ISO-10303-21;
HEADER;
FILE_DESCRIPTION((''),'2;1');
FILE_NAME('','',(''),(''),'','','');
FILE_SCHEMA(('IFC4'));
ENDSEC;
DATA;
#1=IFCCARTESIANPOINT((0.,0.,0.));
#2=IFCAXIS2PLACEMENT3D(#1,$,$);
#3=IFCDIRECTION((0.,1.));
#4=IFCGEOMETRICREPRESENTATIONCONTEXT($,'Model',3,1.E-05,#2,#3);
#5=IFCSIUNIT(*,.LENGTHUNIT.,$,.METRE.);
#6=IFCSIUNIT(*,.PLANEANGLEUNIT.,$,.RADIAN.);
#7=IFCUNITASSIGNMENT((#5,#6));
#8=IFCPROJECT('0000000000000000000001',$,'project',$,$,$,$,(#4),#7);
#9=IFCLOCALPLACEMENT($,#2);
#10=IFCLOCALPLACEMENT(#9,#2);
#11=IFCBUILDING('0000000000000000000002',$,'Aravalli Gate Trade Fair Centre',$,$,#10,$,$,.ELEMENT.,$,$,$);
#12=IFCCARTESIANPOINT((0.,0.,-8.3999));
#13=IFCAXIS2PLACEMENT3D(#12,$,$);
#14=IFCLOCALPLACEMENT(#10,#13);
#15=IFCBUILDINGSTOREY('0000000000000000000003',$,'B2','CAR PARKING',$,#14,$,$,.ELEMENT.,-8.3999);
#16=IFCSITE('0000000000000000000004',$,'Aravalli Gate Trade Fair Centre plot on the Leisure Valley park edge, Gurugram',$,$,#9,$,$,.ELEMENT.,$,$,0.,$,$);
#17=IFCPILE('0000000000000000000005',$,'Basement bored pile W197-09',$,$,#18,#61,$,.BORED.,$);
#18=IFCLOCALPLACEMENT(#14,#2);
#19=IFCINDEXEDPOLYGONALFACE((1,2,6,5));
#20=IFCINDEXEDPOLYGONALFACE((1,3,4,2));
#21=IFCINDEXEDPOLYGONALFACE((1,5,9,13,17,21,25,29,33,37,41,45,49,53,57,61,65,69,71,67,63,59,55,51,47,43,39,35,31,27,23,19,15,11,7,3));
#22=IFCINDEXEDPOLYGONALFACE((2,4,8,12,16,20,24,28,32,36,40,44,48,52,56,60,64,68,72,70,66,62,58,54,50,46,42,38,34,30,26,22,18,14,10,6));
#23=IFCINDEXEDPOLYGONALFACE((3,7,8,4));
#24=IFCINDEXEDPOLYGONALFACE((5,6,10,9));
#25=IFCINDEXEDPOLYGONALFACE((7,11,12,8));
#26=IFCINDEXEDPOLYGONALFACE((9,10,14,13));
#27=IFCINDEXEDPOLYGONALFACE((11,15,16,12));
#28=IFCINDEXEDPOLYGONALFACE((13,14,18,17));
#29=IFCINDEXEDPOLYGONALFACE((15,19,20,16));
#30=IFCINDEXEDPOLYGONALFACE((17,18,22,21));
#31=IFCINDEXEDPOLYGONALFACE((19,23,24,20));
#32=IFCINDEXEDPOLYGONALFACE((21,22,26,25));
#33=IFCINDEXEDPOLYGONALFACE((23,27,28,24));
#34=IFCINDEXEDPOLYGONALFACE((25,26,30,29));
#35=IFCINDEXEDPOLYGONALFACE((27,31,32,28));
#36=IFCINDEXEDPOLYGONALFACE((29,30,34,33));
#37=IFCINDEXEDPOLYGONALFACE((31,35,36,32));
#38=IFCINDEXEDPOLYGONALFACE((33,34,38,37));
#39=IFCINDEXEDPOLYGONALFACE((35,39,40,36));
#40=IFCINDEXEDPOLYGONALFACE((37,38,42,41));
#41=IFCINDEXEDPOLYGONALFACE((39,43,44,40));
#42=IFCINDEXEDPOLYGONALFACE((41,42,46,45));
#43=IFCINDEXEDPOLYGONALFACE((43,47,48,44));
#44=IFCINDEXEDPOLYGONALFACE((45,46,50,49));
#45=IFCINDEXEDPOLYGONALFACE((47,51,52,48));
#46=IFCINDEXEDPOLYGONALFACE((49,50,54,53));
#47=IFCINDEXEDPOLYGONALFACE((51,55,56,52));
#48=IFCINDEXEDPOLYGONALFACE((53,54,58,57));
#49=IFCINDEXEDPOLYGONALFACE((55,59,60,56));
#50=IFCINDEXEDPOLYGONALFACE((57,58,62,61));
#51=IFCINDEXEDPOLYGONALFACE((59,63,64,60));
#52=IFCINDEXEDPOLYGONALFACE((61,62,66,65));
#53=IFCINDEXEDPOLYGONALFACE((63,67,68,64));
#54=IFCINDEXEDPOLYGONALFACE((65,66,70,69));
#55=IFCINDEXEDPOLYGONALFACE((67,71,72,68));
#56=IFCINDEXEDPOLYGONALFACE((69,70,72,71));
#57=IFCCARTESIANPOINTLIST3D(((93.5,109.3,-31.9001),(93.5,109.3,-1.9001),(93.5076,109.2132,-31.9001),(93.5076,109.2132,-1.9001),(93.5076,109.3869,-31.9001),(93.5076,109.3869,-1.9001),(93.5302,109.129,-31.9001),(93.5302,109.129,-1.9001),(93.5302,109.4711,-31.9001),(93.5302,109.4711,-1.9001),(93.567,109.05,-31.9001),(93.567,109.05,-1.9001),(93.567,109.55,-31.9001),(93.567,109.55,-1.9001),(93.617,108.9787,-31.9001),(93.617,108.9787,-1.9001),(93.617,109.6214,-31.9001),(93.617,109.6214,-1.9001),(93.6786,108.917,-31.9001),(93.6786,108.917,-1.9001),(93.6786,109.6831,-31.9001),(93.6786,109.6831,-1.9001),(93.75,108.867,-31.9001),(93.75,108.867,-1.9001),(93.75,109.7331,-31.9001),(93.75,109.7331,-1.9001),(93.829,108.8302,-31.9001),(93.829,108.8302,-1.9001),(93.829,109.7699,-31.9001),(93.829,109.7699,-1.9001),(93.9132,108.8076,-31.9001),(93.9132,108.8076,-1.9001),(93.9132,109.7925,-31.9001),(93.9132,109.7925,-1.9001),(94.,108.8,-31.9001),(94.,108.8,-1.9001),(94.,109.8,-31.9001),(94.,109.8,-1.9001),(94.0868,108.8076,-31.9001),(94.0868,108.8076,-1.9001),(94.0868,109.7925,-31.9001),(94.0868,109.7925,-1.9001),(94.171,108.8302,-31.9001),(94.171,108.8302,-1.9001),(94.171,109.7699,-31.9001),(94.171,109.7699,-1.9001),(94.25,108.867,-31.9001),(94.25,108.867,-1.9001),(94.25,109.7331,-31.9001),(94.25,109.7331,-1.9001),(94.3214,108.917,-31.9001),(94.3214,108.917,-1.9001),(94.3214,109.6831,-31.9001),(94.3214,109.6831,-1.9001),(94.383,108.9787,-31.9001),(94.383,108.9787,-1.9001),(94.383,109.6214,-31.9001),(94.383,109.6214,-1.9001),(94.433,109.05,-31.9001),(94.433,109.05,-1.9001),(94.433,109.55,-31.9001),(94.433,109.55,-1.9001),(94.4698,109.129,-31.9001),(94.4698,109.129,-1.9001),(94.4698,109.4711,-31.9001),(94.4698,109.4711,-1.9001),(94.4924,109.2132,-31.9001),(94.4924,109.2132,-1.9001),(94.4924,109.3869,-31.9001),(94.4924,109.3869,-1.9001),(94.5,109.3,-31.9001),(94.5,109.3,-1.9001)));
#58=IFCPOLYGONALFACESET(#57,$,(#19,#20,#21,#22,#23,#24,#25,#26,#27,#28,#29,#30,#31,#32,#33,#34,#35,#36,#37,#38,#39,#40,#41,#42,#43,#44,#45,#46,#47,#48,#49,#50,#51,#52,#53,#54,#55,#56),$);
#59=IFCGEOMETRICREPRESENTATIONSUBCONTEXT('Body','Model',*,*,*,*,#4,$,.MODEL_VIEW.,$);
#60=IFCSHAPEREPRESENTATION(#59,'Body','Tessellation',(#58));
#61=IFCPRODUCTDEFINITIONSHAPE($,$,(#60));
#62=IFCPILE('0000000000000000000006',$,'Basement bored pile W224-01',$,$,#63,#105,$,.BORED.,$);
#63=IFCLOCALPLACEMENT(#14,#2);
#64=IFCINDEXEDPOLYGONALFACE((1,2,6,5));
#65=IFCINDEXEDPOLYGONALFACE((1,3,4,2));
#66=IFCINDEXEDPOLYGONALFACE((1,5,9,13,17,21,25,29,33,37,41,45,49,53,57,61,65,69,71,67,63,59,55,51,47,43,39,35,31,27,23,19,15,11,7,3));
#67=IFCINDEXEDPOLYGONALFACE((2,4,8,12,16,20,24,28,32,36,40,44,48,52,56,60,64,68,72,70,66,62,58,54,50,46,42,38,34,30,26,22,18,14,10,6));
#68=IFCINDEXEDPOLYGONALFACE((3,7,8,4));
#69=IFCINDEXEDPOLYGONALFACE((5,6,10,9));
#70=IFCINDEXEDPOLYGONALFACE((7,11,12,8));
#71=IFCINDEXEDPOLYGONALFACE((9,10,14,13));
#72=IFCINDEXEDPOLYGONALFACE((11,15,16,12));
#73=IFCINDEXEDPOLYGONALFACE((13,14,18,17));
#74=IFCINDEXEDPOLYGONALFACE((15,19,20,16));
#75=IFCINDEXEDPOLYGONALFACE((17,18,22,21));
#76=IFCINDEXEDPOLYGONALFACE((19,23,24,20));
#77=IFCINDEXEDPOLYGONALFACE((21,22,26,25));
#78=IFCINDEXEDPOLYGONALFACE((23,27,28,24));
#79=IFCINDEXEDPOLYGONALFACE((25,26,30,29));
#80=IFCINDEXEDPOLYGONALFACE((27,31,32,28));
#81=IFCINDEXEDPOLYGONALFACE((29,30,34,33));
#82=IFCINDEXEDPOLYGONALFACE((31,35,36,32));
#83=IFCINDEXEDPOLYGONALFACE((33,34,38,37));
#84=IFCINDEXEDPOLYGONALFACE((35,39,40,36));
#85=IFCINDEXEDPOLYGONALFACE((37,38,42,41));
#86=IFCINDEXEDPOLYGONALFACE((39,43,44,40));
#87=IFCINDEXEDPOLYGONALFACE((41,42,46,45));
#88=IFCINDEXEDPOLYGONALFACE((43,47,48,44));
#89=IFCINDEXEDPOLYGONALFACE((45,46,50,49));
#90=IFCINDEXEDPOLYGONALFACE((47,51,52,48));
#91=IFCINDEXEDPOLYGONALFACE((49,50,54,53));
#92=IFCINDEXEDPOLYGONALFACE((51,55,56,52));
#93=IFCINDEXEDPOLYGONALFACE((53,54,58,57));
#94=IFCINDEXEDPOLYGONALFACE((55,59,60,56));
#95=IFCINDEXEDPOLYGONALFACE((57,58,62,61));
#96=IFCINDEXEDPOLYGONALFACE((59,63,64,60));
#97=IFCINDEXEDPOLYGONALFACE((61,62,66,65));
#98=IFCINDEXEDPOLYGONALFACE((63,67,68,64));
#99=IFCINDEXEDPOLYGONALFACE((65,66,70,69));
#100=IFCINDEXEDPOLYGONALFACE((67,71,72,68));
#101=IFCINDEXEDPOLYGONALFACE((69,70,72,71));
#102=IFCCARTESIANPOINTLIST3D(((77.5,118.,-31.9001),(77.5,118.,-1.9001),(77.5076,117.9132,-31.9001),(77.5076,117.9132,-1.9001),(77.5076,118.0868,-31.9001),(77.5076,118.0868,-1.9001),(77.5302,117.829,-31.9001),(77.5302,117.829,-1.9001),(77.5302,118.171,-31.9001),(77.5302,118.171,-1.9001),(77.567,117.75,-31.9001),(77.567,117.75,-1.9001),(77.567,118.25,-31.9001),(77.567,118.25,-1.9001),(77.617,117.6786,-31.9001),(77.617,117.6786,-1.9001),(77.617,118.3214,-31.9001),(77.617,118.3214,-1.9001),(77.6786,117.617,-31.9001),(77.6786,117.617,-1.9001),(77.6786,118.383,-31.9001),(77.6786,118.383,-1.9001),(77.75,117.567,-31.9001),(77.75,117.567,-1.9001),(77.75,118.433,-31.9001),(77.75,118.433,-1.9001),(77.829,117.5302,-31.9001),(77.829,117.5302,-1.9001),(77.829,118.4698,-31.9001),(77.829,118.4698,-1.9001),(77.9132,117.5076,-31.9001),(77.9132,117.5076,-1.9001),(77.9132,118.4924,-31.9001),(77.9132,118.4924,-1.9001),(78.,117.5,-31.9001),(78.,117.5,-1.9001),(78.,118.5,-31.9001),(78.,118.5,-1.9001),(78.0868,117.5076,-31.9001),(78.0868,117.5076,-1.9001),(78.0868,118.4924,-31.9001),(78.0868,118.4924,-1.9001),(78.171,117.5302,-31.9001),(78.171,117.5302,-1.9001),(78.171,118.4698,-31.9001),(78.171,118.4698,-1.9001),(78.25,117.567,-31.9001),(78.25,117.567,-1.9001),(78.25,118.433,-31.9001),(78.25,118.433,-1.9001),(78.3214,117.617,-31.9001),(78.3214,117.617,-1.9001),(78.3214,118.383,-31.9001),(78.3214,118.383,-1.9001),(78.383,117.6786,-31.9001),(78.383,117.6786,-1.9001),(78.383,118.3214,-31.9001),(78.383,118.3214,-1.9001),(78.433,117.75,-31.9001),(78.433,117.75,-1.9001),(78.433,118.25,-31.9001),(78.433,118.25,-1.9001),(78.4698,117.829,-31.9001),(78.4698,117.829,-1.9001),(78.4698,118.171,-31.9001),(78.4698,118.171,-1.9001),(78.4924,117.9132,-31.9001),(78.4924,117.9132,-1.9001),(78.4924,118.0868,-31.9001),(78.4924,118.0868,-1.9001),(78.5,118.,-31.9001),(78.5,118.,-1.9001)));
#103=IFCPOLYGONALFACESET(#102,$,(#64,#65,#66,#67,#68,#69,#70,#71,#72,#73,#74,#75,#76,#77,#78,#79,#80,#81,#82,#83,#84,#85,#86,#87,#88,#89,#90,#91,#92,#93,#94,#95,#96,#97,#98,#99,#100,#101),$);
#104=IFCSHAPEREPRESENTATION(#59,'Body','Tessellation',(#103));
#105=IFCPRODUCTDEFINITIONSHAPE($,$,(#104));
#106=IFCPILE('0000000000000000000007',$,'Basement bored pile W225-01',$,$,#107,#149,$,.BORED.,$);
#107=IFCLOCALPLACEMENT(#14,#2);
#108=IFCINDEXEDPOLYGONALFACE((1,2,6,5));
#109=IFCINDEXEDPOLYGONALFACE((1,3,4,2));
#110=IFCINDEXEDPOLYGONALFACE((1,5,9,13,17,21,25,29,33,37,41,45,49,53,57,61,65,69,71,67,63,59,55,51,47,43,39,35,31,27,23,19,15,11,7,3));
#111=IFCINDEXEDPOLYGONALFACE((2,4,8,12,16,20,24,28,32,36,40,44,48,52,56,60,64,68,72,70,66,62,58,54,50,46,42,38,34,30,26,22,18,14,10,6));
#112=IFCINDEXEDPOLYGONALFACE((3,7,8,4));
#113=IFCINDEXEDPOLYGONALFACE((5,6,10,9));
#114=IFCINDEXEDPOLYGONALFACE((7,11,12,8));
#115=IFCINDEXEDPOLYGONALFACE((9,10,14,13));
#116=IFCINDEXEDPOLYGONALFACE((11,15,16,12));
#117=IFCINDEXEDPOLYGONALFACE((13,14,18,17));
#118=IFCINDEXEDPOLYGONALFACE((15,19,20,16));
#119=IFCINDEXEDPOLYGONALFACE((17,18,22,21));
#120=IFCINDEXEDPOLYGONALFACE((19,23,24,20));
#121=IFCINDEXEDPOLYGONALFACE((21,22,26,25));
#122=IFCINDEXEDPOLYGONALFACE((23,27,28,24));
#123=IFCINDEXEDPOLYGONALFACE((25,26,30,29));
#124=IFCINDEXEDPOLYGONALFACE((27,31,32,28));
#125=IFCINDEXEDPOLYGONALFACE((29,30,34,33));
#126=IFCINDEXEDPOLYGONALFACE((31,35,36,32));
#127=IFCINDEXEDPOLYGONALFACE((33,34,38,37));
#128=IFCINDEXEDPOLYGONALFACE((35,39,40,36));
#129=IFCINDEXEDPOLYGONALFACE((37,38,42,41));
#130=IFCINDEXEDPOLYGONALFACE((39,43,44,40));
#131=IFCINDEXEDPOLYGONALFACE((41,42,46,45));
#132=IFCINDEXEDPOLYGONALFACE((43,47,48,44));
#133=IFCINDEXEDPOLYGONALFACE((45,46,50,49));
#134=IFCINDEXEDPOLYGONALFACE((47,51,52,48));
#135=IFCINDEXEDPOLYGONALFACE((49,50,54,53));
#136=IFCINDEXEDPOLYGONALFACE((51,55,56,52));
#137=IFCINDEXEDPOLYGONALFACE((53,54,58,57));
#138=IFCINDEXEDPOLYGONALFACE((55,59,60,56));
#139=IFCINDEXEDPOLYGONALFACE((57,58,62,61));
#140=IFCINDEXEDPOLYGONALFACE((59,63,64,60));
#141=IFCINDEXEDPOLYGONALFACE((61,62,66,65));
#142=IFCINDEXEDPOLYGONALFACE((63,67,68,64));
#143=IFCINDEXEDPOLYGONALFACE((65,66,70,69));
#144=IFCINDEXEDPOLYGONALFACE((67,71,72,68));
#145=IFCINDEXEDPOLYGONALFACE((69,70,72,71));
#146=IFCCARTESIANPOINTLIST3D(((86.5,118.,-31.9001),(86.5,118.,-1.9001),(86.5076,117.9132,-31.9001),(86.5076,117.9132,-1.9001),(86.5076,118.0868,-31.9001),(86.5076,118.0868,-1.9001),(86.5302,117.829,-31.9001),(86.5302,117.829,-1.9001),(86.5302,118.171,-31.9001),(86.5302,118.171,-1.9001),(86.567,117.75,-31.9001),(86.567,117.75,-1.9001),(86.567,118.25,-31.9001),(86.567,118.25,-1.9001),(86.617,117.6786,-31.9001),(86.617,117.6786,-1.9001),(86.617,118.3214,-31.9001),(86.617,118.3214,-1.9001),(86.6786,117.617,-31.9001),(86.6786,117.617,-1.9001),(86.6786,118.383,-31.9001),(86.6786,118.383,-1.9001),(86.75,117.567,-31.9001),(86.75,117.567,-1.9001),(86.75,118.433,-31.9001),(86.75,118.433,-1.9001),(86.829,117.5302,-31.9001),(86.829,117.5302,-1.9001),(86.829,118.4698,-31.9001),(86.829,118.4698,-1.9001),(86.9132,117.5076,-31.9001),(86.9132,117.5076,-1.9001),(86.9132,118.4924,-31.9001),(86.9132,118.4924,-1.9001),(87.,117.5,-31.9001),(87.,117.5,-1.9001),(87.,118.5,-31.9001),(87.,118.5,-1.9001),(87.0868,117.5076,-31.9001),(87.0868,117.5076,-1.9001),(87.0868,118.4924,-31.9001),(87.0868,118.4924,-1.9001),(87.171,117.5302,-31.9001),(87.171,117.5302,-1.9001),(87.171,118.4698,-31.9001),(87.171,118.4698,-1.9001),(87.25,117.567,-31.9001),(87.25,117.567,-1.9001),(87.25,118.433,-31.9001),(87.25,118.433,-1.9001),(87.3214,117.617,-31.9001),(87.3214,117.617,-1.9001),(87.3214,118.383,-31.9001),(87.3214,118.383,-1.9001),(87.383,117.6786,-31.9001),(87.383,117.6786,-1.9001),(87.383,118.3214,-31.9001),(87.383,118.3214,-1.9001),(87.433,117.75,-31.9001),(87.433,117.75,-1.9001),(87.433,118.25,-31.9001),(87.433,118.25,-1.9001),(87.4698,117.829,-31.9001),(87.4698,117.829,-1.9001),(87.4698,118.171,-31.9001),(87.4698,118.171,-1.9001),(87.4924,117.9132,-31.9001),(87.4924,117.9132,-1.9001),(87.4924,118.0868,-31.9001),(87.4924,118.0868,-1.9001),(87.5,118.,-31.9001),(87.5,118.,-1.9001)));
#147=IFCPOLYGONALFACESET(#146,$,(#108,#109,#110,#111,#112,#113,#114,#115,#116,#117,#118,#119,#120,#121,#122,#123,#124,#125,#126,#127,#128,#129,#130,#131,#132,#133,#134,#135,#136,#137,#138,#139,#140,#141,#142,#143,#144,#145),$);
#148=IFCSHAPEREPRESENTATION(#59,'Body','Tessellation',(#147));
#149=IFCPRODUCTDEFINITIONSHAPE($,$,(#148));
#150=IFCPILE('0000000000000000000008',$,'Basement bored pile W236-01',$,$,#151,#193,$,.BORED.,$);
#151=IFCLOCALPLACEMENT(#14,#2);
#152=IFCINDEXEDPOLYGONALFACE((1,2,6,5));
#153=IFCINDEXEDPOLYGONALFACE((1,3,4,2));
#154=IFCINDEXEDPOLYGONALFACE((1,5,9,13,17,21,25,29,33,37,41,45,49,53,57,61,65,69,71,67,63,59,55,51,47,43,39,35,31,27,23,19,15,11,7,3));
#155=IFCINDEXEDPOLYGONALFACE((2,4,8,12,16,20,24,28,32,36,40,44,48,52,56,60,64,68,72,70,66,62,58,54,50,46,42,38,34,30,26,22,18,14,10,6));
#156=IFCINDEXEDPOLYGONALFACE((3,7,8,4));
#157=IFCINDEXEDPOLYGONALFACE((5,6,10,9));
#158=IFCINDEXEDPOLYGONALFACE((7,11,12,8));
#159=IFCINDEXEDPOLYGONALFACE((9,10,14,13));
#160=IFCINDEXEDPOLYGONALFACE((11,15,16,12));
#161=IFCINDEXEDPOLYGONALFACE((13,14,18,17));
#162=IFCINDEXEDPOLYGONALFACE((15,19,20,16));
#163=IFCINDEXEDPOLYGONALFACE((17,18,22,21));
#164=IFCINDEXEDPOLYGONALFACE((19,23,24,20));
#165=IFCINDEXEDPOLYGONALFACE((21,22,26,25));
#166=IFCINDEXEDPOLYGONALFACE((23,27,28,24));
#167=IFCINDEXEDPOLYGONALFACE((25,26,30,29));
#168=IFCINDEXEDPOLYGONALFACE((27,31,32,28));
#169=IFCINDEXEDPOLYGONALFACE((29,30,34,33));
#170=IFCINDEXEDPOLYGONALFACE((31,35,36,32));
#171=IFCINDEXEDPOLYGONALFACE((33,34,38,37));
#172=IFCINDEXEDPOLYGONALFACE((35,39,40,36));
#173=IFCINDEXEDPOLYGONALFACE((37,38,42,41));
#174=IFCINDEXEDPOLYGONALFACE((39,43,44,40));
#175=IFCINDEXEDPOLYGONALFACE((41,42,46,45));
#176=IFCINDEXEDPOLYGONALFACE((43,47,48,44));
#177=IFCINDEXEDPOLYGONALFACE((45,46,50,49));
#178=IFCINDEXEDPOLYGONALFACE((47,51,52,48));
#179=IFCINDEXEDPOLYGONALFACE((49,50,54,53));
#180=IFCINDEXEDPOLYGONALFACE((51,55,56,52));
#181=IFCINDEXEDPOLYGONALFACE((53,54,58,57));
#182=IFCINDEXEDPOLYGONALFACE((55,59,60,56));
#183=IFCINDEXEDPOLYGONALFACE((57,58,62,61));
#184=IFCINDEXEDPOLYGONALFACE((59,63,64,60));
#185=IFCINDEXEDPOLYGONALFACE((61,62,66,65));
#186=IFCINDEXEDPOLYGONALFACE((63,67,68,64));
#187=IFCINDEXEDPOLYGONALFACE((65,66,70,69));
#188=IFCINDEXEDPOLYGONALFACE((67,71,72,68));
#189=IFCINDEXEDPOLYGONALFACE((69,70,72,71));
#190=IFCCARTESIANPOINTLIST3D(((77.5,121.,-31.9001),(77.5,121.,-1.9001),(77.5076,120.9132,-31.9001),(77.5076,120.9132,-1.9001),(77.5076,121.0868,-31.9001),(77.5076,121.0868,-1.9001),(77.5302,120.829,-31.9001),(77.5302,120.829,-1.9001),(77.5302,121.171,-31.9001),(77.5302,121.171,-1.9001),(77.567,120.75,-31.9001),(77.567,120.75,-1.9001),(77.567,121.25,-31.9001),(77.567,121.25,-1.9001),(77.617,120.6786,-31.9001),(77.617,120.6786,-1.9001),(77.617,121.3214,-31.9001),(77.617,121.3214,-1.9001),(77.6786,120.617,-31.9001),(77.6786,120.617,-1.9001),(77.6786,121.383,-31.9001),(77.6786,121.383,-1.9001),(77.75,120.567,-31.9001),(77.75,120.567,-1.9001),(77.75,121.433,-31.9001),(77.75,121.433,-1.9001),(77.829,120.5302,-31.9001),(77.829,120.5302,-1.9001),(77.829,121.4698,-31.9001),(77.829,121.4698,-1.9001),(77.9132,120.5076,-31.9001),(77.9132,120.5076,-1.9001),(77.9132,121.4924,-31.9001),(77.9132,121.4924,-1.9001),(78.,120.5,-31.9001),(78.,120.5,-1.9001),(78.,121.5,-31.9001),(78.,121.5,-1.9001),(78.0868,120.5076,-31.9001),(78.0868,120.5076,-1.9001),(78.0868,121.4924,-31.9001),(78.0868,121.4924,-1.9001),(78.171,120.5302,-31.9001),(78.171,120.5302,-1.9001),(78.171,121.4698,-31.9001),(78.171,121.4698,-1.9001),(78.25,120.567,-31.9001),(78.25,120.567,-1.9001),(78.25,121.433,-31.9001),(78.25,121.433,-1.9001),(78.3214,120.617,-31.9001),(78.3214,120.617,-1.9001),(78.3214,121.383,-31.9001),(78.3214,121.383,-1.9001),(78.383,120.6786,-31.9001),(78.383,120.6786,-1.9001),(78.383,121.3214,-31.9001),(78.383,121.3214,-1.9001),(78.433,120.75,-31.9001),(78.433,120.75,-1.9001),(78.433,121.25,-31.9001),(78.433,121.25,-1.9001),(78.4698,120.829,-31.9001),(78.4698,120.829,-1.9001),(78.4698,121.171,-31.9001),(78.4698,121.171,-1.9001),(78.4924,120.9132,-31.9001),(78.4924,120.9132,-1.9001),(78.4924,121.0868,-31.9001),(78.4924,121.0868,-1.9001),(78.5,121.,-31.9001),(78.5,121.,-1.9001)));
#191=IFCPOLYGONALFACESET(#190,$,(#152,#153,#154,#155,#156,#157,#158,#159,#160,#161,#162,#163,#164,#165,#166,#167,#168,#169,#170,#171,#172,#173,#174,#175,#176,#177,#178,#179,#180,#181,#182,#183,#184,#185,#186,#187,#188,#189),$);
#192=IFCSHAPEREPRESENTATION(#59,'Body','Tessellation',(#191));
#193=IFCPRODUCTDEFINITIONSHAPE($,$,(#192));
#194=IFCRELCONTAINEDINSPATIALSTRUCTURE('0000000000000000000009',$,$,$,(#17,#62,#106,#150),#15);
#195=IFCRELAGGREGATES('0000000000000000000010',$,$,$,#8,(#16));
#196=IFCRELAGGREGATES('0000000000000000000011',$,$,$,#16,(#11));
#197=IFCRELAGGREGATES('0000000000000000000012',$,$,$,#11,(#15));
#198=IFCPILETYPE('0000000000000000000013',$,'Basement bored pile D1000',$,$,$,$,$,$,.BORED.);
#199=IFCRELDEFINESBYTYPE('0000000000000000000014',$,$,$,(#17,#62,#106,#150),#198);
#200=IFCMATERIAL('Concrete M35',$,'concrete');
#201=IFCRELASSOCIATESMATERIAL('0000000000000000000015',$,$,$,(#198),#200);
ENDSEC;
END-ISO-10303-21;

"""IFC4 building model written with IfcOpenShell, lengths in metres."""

from ifc_helpers import new_model, si_unit, direction, frame, origin, origin_2d, place, context, subcontext, project, spatial, circle, extrude, material, material_profile, profile_set, type_object, element, save


model = new_model("IFC4")

# Units and contexts
model_context = context("Model", 3, precision=1e-05, world=origin(), true_north=direction((0.0, 1.0)))
body_context = subcontext(model_context, "Body", "Model", "MODEL_VIEW")
ifc_project = project(units=[si_unit("LENGTHUNIT", "METRE"), si_unit("PLANEANGLEUNIT", "RADIAN")], contexts=[model_context])

# Site, building, storey
site_placement = place(None, origin())
site = spatial("IfcSite", under=ifc_project, at=site_placement, Name="Aravalli Gate Trade Fair Centre plot on the Leisure Valley park edge, Gurugram", CompositionType="ELEMENT", RefElevation=0.0)
building_placement = place(site_placement, origin())
building = spatial("IfcBuilding", under=site, at=building_placement, Name="Aravalli Gate Trade Fair Centre", CompositionType="ELEMENT")
storey_placement = place(building_placement, frame((0.0, 0.0, -8.3999)))
storey = spatial("IfcBuildingStorey", under=building, at=storey_placement, Name="B2", Description="CAR PARKING", CompositionType="ELEMENT", Elevation=-8.3999)

# Piles
ifc_material_1 = material(Name="Concrete M35", Category="concrete")
ifc_material_profile_1 = material_profile(ifc_material_1, circle(Radius=0.5, at=origin_2d()), Name="D1000")
ifc_profile_set_1 = profile_set([ifc_material_profile_1], Name="Concrete M35")
pile_type = type_object("IfcPileType", Name="Basement bored pile D1000", PredefinedType="BORED", material=ifc_profile_set_1)
for number, where, z_axis, x_axis, name in (
    (1, (94.0, 109.3, -1.9001), (0.0, 0.0, -1.0), (1.0, 0.0, 0.0), "Basement bored pile W197-09"),
    (2, (78.0, 118.0, -1.9001), (0.0, 0.0, -1.0), (1.0, 0.0, 0.0), "Basement bored pile W224-01"),
    (3, (87.0, 118.0, -1.9001), (0.0, 0.0, -1.0), (1.0, 0.0, 0.0), "Basement bored pile W225-01"),
    (4, (78.0, 121.0, -1.9001), (0.0, 0.0, -1.0), (1.0, 0.0, 0.0), "Basement bored pile W236-01"),
):
    element("IfcPile", number, at=place(storey_placement, frame(where, z_axis=z_axis, x_axis=x_axis)), inside=storey, type_object=pile_type, Name=name, PredefinedType="BORED", context=body_context, shape_type="SweptSolid", body=[
        extrude(circle(Radius=0.5, at=origin_2d()), origin(), (0.0, 0.0, 1.0), 30.0),
    ])

save(model, "model.ifc")
